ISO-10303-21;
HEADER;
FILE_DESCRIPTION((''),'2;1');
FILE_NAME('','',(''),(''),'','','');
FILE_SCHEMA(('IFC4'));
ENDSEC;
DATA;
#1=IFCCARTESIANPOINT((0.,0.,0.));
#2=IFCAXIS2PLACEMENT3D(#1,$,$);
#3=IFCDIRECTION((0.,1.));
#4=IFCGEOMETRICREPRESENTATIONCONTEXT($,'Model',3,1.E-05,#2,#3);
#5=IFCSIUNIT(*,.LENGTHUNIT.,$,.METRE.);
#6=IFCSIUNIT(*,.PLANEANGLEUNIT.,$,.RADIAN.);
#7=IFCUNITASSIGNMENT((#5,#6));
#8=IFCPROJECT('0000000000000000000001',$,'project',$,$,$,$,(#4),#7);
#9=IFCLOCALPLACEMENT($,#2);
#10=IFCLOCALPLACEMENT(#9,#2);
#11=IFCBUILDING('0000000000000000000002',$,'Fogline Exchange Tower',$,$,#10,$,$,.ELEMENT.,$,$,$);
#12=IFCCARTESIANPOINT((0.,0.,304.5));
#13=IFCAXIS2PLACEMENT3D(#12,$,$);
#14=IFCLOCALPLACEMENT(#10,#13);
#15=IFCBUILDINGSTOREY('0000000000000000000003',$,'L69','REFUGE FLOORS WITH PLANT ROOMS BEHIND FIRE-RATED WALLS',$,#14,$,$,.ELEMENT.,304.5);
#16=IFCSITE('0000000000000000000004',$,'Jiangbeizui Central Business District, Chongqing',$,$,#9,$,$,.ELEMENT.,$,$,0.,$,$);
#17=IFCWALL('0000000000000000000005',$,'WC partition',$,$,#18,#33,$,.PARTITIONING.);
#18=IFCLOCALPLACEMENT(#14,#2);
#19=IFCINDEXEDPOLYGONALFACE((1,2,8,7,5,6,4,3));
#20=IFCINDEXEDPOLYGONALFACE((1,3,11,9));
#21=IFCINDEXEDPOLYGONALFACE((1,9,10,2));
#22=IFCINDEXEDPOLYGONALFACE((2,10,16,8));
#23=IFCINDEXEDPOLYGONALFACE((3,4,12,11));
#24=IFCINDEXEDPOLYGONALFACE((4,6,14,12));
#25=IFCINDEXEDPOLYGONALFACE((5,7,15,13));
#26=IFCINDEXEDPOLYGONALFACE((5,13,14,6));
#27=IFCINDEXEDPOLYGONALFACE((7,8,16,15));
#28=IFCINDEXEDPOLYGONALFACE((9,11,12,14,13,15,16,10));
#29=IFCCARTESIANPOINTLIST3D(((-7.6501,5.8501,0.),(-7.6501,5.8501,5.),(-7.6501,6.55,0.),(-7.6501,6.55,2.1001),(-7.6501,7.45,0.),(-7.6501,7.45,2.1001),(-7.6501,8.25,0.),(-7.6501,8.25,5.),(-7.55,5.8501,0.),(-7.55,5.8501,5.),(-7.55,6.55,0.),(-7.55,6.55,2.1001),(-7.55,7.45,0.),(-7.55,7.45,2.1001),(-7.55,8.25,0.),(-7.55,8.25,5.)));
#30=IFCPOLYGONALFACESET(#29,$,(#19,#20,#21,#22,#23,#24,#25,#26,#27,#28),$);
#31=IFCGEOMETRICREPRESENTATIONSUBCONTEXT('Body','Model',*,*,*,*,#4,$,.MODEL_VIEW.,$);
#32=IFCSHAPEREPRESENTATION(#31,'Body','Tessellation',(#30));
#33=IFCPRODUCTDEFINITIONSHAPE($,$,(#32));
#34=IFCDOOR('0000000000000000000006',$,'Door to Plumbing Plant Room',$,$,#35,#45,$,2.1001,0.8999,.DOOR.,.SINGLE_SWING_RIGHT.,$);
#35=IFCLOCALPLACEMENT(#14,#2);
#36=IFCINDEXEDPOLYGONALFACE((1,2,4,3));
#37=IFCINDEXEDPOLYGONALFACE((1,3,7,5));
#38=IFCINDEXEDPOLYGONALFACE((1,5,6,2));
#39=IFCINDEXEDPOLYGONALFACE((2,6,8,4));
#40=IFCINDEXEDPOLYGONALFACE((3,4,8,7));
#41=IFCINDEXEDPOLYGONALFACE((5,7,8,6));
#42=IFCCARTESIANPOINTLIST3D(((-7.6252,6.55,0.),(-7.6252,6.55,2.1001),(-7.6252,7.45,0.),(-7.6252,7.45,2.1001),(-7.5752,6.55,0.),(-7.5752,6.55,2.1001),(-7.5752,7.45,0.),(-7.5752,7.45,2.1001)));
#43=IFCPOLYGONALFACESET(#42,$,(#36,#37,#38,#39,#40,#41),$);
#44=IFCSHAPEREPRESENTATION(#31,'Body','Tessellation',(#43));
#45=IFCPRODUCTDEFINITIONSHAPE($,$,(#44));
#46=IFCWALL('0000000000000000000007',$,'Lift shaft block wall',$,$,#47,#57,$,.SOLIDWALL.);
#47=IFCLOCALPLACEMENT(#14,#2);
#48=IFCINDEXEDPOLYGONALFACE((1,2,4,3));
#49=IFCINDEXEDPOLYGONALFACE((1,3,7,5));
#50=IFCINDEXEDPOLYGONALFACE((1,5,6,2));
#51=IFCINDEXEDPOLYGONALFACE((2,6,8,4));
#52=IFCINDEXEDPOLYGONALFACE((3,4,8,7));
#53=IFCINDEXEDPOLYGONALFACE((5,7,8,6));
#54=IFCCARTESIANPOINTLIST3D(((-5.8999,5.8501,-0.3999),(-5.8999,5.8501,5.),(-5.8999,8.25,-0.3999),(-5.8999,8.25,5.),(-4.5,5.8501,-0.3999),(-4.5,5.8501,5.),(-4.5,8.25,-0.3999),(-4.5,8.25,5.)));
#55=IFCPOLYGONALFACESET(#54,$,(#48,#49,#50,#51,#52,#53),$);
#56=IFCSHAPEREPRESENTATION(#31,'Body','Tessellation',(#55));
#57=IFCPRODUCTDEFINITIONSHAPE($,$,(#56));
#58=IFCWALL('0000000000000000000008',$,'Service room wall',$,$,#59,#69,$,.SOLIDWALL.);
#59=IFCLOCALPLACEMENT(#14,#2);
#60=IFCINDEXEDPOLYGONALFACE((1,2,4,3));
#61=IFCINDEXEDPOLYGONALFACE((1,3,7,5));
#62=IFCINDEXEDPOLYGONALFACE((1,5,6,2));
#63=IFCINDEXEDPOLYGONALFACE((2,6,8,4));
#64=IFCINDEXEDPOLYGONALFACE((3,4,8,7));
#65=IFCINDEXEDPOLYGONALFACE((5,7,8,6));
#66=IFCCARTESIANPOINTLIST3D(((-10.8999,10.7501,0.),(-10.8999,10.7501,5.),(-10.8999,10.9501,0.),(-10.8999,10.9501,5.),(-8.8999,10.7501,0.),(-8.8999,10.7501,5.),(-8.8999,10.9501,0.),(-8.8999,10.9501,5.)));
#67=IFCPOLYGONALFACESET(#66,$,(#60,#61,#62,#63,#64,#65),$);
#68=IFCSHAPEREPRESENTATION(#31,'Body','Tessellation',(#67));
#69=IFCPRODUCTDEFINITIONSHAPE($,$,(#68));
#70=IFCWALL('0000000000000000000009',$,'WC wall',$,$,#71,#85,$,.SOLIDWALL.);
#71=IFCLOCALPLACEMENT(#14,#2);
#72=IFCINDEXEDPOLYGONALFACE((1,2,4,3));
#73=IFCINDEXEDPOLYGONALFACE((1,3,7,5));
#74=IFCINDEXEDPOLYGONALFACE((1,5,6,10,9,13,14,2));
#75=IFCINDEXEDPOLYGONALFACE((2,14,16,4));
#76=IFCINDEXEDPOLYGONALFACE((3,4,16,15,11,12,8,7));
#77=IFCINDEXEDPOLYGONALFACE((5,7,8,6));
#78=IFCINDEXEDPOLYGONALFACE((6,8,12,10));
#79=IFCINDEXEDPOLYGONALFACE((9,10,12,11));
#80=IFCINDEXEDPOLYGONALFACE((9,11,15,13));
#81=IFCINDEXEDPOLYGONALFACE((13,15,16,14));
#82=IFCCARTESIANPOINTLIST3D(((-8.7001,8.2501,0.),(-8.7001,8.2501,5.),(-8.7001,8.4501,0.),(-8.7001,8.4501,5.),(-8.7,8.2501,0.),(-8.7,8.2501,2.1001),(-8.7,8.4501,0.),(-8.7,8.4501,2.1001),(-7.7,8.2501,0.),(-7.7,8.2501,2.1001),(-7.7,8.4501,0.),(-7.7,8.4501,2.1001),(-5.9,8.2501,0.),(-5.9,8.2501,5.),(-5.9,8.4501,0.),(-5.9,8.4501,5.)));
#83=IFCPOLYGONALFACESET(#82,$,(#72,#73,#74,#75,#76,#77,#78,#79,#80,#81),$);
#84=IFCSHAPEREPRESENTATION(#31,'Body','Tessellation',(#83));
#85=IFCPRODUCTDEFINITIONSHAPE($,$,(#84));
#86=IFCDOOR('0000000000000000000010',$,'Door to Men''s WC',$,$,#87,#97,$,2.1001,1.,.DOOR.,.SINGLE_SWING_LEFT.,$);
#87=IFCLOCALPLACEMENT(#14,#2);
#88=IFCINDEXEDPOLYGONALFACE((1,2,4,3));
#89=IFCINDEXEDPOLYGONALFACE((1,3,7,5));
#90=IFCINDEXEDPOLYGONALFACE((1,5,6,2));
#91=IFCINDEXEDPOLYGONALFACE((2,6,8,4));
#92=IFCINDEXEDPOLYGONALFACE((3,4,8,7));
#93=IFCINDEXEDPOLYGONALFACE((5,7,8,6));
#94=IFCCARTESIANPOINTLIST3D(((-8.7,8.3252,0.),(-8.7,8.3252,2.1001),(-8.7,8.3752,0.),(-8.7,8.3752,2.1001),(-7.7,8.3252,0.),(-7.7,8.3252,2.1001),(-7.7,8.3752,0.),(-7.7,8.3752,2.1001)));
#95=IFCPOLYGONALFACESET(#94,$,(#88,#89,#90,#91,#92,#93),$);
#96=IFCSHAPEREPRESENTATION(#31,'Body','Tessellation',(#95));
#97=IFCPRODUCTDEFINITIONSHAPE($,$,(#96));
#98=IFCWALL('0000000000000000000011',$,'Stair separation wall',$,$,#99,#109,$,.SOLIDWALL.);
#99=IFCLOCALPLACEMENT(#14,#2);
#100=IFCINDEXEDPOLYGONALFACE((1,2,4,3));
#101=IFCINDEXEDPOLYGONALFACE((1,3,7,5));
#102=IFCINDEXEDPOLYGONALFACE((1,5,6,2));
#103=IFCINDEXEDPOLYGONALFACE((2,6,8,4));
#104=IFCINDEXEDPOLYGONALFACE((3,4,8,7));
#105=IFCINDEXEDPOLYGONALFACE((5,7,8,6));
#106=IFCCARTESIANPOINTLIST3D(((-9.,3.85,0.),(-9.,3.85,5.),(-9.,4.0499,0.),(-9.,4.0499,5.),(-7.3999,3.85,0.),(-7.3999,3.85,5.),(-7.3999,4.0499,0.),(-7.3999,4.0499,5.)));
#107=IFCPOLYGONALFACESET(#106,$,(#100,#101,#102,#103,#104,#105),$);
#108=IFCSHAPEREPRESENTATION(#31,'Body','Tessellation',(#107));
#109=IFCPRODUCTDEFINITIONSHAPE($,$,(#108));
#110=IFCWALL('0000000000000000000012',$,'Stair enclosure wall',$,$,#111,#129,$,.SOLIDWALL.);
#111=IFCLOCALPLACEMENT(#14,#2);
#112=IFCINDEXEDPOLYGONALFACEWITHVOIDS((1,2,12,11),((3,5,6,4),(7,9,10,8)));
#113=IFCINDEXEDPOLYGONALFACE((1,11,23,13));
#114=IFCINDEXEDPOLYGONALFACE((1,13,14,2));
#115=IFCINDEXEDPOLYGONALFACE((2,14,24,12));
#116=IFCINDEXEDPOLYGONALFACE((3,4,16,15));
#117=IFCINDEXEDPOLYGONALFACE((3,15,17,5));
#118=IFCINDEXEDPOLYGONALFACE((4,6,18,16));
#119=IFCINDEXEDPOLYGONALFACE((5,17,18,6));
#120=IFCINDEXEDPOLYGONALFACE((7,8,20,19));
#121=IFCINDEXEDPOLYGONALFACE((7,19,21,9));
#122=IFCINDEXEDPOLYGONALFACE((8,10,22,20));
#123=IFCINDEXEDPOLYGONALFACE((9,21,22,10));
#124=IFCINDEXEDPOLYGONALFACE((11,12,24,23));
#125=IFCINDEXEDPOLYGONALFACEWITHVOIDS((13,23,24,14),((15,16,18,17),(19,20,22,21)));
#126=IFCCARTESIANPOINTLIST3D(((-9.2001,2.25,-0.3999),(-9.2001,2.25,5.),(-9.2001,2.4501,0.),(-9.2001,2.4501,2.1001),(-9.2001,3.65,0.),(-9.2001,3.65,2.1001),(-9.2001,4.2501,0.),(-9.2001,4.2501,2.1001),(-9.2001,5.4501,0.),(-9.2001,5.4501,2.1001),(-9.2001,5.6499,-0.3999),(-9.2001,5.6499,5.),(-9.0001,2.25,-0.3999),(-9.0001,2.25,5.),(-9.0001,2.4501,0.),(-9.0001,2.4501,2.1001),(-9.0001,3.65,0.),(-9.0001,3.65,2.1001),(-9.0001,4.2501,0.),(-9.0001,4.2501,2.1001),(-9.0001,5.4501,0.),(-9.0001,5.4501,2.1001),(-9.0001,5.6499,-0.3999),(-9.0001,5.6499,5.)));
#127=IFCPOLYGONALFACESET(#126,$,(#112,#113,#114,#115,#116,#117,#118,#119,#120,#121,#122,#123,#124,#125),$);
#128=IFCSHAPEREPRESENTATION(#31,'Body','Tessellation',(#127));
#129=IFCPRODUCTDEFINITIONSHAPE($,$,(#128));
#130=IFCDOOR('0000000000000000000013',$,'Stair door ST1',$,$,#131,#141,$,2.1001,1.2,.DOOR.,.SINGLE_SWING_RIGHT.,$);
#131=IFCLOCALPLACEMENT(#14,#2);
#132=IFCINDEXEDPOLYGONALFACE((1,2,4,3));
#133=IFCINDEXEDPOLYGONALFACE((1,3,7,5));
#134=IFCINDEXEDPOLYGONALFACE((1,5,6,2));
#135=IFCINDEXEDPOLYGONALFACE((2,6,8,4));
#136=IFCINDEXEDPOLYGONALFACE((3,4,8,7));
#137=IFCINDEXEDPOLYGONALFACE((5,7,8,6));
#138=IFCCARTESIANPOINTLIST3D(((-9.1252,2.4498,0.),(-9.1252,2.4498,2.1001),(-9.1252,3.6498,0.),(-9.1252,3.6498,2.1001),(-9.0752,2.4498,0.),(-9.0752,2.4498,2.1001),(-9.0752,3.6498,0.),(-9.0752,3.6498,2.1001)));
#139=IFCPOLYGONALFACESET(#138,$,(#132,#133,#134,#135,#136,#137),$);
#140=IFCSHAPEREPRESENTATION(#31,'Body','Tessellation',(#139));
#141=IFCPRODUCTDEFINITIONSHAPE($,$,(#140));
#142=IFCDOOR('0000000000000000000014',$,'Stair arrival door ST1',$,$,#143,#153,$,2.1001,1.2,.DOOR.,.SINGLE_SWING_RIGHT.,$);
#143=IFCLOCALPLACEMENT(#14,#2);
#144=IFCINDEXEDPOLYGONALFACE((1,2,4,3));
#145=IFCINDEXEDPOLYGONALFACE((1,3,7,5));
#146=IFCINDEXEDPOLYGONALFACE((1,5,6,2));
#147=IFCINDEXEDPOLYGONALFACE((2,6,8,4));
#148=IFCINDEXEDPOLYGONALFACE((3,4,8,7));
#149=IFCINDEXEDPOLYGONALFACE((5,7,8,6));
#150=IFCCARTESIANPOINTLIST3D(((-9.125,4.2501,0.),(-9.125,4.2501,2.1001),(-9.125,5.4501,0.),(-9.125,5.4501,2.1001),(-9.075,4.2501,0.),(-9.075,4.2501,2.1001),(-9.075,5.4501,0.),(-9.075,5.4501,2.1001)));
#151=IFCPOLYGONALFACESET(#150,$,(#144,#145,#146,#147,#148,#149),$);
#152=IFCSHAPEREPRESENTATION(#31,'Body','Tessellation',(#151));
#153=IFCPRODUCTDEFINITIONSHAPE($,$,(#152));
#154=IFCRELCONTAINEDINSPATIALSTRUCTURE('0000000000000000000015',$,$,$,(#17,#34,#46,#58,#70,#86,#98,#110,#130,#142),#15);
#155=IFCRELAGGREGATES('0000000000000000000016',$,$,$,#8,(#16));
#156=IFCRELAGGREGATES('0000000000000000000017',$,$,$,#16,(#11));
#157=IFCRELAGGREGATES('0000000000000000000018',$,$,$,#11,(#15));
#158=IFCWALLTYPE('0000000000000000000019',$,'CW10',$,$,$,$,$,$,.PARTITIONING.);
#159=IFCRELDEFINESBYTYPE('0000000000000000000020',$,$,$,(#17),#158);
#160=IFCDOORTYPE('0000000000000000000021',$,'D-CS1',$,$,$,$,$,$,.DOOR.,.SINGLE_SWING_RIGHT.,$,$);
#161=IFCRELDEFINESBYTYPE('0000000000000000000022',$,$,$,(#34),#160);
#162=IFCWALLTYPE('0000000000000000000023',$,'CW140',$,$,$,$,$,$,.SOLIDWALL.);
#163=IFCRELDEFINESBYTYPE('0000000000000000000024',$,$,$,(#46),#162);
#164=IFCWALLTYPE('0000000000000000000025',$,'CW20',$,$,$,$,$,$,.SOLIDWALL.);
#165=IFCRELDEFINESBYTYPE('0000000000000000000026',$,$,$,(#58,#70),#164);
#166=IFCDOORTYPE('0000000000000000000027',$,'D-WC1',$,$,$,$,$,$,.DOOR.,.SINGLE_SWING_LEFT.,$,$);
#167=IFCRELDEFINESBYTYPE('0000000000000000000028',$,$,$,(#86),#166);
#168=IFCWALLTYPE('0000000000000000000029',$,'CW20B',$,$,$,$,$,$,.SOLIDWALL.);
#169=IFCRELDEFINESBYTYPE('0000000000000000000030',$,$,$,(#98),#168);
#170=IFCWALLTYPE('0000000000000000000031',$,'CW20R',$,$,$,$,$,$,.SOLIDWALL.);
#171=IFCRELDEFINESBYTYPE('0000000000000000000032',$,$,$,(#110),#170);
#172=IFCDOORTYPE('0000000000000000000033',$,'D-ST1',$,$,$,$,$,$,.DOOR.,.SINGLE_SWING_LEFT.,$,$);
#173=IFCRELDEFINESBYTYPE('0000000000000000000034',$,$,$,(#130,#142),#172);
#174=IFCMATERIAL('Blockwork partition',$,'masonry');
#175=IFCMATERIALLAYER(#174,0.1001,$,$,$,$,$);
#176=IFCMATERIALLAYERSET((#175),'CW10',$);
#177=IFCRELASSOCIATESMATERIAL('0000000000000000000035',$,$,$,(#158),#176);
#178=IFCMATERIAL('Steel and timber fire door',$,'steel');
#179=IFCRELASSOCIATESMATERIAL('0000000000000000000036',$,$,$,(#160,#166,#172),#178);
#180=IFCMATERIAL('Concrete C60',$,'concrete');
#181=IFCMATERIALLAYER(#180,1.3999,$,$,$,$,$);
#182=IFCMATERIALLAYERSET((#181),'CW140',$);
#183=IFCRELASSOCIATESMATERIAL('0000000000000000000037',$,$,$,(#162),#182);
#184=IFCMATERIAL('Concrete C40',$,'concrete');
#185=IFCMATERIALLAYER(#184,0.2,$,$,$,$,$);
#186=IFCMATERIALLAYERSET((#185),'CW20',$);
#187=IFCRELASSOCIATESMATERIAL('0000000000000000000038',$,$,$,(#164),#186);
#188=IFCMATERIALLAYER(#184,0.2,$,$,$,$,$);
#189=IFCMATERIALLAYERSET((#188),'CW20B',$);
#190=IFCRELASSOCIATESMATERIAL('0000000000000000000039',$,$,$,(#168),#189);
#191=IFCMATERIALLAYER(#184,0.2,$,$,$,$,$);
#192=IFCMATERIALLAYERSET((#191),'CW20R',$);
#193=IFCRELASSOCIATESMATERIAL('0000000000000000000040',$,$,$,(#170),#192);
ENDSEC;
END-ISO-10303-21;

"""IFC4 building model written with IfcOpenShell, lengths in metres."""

from ifc_helpers import new_model, si_unit, direction, frame, frame_2d, origin, place, context, subcontext, project, spatial, rectangle, extrude, material, layer, layer_set, type_object, element, fill, save


model = new_model("IFC4")

# Units and contexts
model_context = context("Model", 3, precision=1e-05, world=origin(), true_north=direction((0.0, 1.0)))
body_context = subcontext(model_context, "Body", "Model", "MODEL_VIEW")
ifc_project = project(units=[si_unit("LENGTHUNIT", "METRE"), si_unit("PLANEANGLEUNIT", "RADIAN")], contexts=[model_context])

# Site, building, storey
site_placement = place(None, origin())
site = spatial("IfcSite", under=ifc_project, at=site_placement, Name="Jiangbeizui Central Business District, Chongqing", CompositionType="ELEMENT", RefElevation=0.0)
building_placement = place(site_placement, origin())
building = spatial("IfcBuilding", under=site, at=building_placement, Name="Fogline Exchange Tower", CompositionType="ELEMENT")
storey_placement = place(building_placement, frame((0.0, 0.0, 304.5)))
storey = spatial("IfcBuildingStorey", under=building, at=storey_placement, Name="L69", Description="REFUGE FLOORS WITH PLANT ROOMS BEHIND FIRE-RATED WALLS", CompositionType="ELEMENT", Elevation=304.5)

# Wall, opening, door
ifc_material_1 = material(Name="Blockwork partition", Category="masonry")
ifc_layer_1 = layer(ifc_material_1, 0.1001)
ifc_layer_set_1 = layer_set([ifc_layer_1], Name="CW10")
wall_type_1 = type_object("IfcWallType", Name="CW10", PredefinedType="PARTITIONING", material=ifc_layer_set_1)
wall_1_placement = place(storey_placement, frame((-7.6001, 5.8501, 0.0), z_axis=(0.0, 0.0, 1.0), x_axis=(0.0, 1.0, 0.0)))
wall_1 = element("IfcWall", 1, at=wall_1_placement, inside=storey, type_object=wall_type_1, Name="WC partition", PredefinedType="PARTITIONING", context=body_context, shape_type="SweptSolid", body=[
    extrude(rectangle(XDim=2.3999, YDim=0.1001, at=frame_2d((1.2, 0.0))), origin(), (0.0, 0.0, 1.0), 5.0),
])
opening_1_placement = place(wall_1_placement, frame((0.7, 0.0, 0.0)))
opening_1 = element("IfcOpeningElement", 2, at=opening_1_placement, cuts=wall_1, PredefinedType="OPENING", context=body_context, shape_type="SweptSolid", body=[
    extrude(rectangle(XDim=0.8999, YDim=2.1001, at=frame_2d((0.45, 1.05))), frame((0.0, 0.0601, 0.0), z_axis=(0.0, -1.0, 0.0), x_axis=(1.0, 0.0, 0.0)), (0.0, 0.0, 1.0), 0.1201),
])
ifc_material_2 = material(Name="Steel and timber fire door", Category="steel")
door_type_1 = type_object("IfcDoorType", Name="D-CS1", OperationType="SINGLE_SWING_RIGHT", PredefinedType="DOOR", material=ifc_material_2)
door_1_placement = place(opening_1_placement, frame((0.8999, 0.0, 0.0), z_axis=(0.0, 0.0, 1.0), x_axis=(-1.0, 0.0, 0.0)))
door_1 = element("IfcDoor", 3, at=door_1_placement, inside=storey, type_object=door_type_1, Name="Door to Plumbing Plant Room", OperationType="SINGLE_SWING_RIGHT", OverallHeight=2.1001, OverallWidth=0.8999, PredefinedType="DOOR", context=body_context, shape_type="SweptSolid", body=[
    extrude(rectangle(XDim=0.8999, YDim=2.1001, at=frame_2d((0.45, 1.05))), frame((0.0, 0.0249, 0.0), z_axis=(0.0, -1.0, 0.0), x_axis=(1.0, 0.0, 0.0)), (0.0, 0.0, 1.0), 0.05),
])
fill(opening_1, door_1)

# Walls
ifc_material_3 = material(Name="Concrete C60", Category="concrete")
ifc_layer_2 = layer(ifc_material_3, 1.3999)
ifc_layer_set_2 = layer_set([ifc_layer_2], Name="CW140")
wall_type_2 = type_object("IfcWallType", Name="CW140", PredefinedType="SOLIDWALL", material=ifc_layer_set_2)
wall_2_placement = place(storey_placement, frame((-5.2, 5.8501, -0.3999), z_axis=(0.0, 0.0, 1.0), x_axis=(0.0, 1.0, 0.0)))
element("IfcWall", 4, at=wall_2_placement, inside=storey, type_object=wall_type_2, Name="Lift shaft block wall", PredefinedType="SOLIDWALL", context=body_context, shape_type="SweptSolid", body=[
    extrude(rectangle(XDim=2.3999, YDim=1.3999, at=frame_2d((1.2, 0.0))), origin(), (0.0, 0.0, 1.0), 5.3999),
])
ifc_material_4 = material(Name="Concrete C40", Category="concrete")
ifc_layer_3 = layer(ifc_material_4, 0.2)
ifc_layer_set_3 = layer_set([ifc_layer_3], Name="CW20")
wall_type_3 = type_object("IfcWallType", Name="CW20", PredefinedType="SOLIDWALL", material=ifc_layer_set_3)
wall_3_placement = place(storey_placement, frame((-10.8999, 10.8501, 0.0), z_axis=(0.0, 0.0, 1.0), x_axis=(1.0, 0.0, 0.0)))
element("IfcWall", 5, at=wall_3_placement, inside=storey, type_object=wall_type_3, Name="Service room wall", PredefinedType="SOLIDWALL", context=body_context, shape_type="SweptSolid", body=[
    extrude(rectangle(XDim=2.0, YDim=0.2, at=frame_2d((1.0, 0.0))), origin(), (0.0, 0.0, 1.0), 5.0),
])

# Wall, opening, door
wall_4_placement = place(storey_placement, frame((-8.7, 8.3501, 0.0), z_axis=(0.0, 0.0, 1.0), x_axis=(1.0, 0.0, 0.0)))
wall_4 = element("IfcWall", 6, at=wall_4_placement, inside=storey, type_object=wall_type_3, Name="WC wall", PredefinedType="SOLIDWALL", context=body_context, shape_type="SweptSolid", body=[
    extrude(rectangle(XDim=2.8, YDim=0.2, at=frame_2d((1.3999, 0.0))), origin(), (0.0, 0.0, 1.0), 5.0),
])
opening_2_placement = place(wall_4_placement, origin())
opening_2 = element("IfcOpeningElement", 7, at=opening_2_placement, cuts=wall_4, PredefinedType="OPENING", context=body_context, shape_type="SweptSolid", body=[
    extrude(rectangle(XDim=1.0, YDim=2.1001, at=frame_2d((0.5, 1.05))), frame((0.0, 0.1099, 0.0), z_axis=(0.0, -1.0, 0.0), x_axis=(1.0, 0.0, 0.0)), (0.0, 0.0, 1.0), 0.22),
])
door_type_2 = type_object("IfcDoorType", Name="D-WC1", OperationType="SINGLE_SWING_LEFT", PredefinedType="DOOR", material=ifc_material_2)
door_2_placement = place(opening_2_placement, frame((1.0, 0.0, 0.0), z_axis=(0.0, 0.0, 1.0), x_axis=(-1.0, 0.0, 0.0)))
door_2 = element("IfcDoor", 8, at=door_2_placement, inside=storey, type_object=door_type_2, Name="Door to Men's WC", OperationType="SINGLE_SWING_LEFT", OverallHeight=2.1001, OverallWidth=1.0, PredefinedType="DOOR", context=body_context, shape_type="SweptSolid", body=[
    extrude(rectangle(XDim=1.0, YDim=2.1001, at=frame_2d((0.5, 1.05))), frame((0.0, 0.0249, 0.0), z_axis=(0.0, -1.0, 0.0), x_axis=(1.0, 0.0, 0.0)), (0.0, 0.0, 1.0), 0.05),
])
fill(opening_2, door_2)

# Wall
ifc_layer_4 = layer(ifc_material_4, 0.2)
ifc_layer_set_4 = layer_set([ifc_layer_4], Name="CW20B")
wall_type_4 = type_object("IfcWallType", Name="CW20B", PredefinedType="SOLIDWALL", material=ifc_layer_set_4)
wall_5_placement = place(storey_placement, frame((-9.0, 3.95, 0.0), z_axis=(0.0, 0.0, 1.0), x_axis=(1.0, 0.0, 0.0)))
element("IfcWall", 9, at=wall_5_placement, inside=storey, type_object=wall_type_4, Name="Stair separation wall", PredefinedType="SOLIDWALL", context=body_context, shape_type="SweptSolid", body=[
    extrude(rectangle(XDim=1.6001, YDim=0.2, at=frame_2d((0.8, 0.0))), origin(), (0.0, 0.0, 1.0), 5.0),
])

# Wall, openings, doors
ifc_layer_5 = layer(ifc_material_4, 0.2)
ifc_layer_set_5 = layer_set([ifc_layer_5], Name="CW20R")
wall_type_5 = type_object("IfcWallType", Name="CW20R", PredefinedType="SOLIDWALL", material=ifc_layer_set_5)
wall_6_placement = place(storey_placement, frame((-9.1001, 2.25, -0.3999), z_axis=(0.0, 0.0, 1.0), x_axis=(0.0, 1.0, 0.0)))
wall_6 = element("IfcWall", 10, at=wall_6_placement, inside=storey, type_object=wall_type_5, Name="Stair enclosure wall", PredefinedType="SOLIDWALL", context=body_context, shape_type="SweptSolid", body=[
    extrude(rectangle(XDim=3.3999, YDim=0.2, at=frame_2d((1.7, 0.0))), origin(), (0.0, 0.0, 1.0), 5.3999),
])
opening_3_placement = place(wall_6_placement, frame((0.2, 0.0, 0.3999)))
opening_3 = element("IfcOpeningElement", 11, at=opening_3_placement, cuts=wall_6, PredefinedType="OPENING", context=body_context, shape_type="SweptSolid", body=[
    extrude(rectangle(XDim=1.2, YDim=2.1001, at=frame_2d((0.6001, 1.05))), frame((0.0, 0.1099, 0.0), z_axis=(0.0, -1.0, 0.0), x_axis=(1.0, 0.0, 0.0)), (0.0, 0.0, 1.0), 0.22),
])
opening_4_placement = place(wall_6_placement, frame((2.0, 0.0, 0.3999)))
opening_4 = element("IfcOpeningElement", 12, at=opening_4_placement, cuts=wall_6, PredefinedType="OPENING", context=body_context, shape_type="SweptSolid", body=[
    extrude(rectangle(XDim=1.2, YDim=2.1001, at=frame_2d((0.6001, 1.05))), frame((0.0, 0.1099, 0.0), z_axis=(0.0, -1.0, 0.0), x_axis=(1.0, 0.0, 0.0)), (0.0, 0.0, 1.0), 0.22),
])
door_type_3 = type_object("IfcDoorType", Name="D-ST1", OperationType="SINGLE_SWING_LEFT", PredefinedType="DOOR", material=ifc_material_2)
door_3_placement = place(opening_3_placement, frame((1.2, 0.0, 0.0), z_axis=(0.0, 0.0, 1.0), x_axis=(-1.0, 0.0, 0.0)))
door_3 = element("IfcDoor", 13, at=door_3_placement, inside=storey, type_object=door_type_3, Name="Stair door ST1", OperationType="SINGLE_SWING_RIGHT", OverallHeight=2.1001, OverallWidth=1.2, PredefinedType="DOOR", context=body_context, shape_type="SweptSolid", body=[
    extrude(rectangle(XDim=1.2, YDim=2.1001, at=frame_2d((0.6001, 1.05))), frame((0.0, 0.0249, 0.0), z_axis=(0.0, -1.0, 0.0), x_axis=(1.0, 0.0, 0.0)), (0.0, 0.0, 1.0), 0.05),
])
fill(opening_3, door_3)
door_4_placement = place(opening_4_placement, origin())
door_4 = element("IfcDoor", 14, at=door_4_placement, inside=storey, type_object=door_type_3, Name="Stair arrival door ST1", OperationType="SINGLE_SWING_RIGHT", OverallHeight=2.1001, OverallWidth=1.2, PredefinedType="DOOR", context=body_context, shape_type="SweptSolid", body=[
    extrude(rectangle(XDim=1.2, YDim=2.1001, at=frame_2d((0.6001, 1.05))), frame((0.0, 0.0249, 0.0), z_axis=(0.0, -1.0, 0.0), x_axis=(1.0, 0.0, 0.0)), (0.0, 0.0, 1.0), 0.05),
])
fill(opening_4, door_4)

save(model, "model.ifc")
